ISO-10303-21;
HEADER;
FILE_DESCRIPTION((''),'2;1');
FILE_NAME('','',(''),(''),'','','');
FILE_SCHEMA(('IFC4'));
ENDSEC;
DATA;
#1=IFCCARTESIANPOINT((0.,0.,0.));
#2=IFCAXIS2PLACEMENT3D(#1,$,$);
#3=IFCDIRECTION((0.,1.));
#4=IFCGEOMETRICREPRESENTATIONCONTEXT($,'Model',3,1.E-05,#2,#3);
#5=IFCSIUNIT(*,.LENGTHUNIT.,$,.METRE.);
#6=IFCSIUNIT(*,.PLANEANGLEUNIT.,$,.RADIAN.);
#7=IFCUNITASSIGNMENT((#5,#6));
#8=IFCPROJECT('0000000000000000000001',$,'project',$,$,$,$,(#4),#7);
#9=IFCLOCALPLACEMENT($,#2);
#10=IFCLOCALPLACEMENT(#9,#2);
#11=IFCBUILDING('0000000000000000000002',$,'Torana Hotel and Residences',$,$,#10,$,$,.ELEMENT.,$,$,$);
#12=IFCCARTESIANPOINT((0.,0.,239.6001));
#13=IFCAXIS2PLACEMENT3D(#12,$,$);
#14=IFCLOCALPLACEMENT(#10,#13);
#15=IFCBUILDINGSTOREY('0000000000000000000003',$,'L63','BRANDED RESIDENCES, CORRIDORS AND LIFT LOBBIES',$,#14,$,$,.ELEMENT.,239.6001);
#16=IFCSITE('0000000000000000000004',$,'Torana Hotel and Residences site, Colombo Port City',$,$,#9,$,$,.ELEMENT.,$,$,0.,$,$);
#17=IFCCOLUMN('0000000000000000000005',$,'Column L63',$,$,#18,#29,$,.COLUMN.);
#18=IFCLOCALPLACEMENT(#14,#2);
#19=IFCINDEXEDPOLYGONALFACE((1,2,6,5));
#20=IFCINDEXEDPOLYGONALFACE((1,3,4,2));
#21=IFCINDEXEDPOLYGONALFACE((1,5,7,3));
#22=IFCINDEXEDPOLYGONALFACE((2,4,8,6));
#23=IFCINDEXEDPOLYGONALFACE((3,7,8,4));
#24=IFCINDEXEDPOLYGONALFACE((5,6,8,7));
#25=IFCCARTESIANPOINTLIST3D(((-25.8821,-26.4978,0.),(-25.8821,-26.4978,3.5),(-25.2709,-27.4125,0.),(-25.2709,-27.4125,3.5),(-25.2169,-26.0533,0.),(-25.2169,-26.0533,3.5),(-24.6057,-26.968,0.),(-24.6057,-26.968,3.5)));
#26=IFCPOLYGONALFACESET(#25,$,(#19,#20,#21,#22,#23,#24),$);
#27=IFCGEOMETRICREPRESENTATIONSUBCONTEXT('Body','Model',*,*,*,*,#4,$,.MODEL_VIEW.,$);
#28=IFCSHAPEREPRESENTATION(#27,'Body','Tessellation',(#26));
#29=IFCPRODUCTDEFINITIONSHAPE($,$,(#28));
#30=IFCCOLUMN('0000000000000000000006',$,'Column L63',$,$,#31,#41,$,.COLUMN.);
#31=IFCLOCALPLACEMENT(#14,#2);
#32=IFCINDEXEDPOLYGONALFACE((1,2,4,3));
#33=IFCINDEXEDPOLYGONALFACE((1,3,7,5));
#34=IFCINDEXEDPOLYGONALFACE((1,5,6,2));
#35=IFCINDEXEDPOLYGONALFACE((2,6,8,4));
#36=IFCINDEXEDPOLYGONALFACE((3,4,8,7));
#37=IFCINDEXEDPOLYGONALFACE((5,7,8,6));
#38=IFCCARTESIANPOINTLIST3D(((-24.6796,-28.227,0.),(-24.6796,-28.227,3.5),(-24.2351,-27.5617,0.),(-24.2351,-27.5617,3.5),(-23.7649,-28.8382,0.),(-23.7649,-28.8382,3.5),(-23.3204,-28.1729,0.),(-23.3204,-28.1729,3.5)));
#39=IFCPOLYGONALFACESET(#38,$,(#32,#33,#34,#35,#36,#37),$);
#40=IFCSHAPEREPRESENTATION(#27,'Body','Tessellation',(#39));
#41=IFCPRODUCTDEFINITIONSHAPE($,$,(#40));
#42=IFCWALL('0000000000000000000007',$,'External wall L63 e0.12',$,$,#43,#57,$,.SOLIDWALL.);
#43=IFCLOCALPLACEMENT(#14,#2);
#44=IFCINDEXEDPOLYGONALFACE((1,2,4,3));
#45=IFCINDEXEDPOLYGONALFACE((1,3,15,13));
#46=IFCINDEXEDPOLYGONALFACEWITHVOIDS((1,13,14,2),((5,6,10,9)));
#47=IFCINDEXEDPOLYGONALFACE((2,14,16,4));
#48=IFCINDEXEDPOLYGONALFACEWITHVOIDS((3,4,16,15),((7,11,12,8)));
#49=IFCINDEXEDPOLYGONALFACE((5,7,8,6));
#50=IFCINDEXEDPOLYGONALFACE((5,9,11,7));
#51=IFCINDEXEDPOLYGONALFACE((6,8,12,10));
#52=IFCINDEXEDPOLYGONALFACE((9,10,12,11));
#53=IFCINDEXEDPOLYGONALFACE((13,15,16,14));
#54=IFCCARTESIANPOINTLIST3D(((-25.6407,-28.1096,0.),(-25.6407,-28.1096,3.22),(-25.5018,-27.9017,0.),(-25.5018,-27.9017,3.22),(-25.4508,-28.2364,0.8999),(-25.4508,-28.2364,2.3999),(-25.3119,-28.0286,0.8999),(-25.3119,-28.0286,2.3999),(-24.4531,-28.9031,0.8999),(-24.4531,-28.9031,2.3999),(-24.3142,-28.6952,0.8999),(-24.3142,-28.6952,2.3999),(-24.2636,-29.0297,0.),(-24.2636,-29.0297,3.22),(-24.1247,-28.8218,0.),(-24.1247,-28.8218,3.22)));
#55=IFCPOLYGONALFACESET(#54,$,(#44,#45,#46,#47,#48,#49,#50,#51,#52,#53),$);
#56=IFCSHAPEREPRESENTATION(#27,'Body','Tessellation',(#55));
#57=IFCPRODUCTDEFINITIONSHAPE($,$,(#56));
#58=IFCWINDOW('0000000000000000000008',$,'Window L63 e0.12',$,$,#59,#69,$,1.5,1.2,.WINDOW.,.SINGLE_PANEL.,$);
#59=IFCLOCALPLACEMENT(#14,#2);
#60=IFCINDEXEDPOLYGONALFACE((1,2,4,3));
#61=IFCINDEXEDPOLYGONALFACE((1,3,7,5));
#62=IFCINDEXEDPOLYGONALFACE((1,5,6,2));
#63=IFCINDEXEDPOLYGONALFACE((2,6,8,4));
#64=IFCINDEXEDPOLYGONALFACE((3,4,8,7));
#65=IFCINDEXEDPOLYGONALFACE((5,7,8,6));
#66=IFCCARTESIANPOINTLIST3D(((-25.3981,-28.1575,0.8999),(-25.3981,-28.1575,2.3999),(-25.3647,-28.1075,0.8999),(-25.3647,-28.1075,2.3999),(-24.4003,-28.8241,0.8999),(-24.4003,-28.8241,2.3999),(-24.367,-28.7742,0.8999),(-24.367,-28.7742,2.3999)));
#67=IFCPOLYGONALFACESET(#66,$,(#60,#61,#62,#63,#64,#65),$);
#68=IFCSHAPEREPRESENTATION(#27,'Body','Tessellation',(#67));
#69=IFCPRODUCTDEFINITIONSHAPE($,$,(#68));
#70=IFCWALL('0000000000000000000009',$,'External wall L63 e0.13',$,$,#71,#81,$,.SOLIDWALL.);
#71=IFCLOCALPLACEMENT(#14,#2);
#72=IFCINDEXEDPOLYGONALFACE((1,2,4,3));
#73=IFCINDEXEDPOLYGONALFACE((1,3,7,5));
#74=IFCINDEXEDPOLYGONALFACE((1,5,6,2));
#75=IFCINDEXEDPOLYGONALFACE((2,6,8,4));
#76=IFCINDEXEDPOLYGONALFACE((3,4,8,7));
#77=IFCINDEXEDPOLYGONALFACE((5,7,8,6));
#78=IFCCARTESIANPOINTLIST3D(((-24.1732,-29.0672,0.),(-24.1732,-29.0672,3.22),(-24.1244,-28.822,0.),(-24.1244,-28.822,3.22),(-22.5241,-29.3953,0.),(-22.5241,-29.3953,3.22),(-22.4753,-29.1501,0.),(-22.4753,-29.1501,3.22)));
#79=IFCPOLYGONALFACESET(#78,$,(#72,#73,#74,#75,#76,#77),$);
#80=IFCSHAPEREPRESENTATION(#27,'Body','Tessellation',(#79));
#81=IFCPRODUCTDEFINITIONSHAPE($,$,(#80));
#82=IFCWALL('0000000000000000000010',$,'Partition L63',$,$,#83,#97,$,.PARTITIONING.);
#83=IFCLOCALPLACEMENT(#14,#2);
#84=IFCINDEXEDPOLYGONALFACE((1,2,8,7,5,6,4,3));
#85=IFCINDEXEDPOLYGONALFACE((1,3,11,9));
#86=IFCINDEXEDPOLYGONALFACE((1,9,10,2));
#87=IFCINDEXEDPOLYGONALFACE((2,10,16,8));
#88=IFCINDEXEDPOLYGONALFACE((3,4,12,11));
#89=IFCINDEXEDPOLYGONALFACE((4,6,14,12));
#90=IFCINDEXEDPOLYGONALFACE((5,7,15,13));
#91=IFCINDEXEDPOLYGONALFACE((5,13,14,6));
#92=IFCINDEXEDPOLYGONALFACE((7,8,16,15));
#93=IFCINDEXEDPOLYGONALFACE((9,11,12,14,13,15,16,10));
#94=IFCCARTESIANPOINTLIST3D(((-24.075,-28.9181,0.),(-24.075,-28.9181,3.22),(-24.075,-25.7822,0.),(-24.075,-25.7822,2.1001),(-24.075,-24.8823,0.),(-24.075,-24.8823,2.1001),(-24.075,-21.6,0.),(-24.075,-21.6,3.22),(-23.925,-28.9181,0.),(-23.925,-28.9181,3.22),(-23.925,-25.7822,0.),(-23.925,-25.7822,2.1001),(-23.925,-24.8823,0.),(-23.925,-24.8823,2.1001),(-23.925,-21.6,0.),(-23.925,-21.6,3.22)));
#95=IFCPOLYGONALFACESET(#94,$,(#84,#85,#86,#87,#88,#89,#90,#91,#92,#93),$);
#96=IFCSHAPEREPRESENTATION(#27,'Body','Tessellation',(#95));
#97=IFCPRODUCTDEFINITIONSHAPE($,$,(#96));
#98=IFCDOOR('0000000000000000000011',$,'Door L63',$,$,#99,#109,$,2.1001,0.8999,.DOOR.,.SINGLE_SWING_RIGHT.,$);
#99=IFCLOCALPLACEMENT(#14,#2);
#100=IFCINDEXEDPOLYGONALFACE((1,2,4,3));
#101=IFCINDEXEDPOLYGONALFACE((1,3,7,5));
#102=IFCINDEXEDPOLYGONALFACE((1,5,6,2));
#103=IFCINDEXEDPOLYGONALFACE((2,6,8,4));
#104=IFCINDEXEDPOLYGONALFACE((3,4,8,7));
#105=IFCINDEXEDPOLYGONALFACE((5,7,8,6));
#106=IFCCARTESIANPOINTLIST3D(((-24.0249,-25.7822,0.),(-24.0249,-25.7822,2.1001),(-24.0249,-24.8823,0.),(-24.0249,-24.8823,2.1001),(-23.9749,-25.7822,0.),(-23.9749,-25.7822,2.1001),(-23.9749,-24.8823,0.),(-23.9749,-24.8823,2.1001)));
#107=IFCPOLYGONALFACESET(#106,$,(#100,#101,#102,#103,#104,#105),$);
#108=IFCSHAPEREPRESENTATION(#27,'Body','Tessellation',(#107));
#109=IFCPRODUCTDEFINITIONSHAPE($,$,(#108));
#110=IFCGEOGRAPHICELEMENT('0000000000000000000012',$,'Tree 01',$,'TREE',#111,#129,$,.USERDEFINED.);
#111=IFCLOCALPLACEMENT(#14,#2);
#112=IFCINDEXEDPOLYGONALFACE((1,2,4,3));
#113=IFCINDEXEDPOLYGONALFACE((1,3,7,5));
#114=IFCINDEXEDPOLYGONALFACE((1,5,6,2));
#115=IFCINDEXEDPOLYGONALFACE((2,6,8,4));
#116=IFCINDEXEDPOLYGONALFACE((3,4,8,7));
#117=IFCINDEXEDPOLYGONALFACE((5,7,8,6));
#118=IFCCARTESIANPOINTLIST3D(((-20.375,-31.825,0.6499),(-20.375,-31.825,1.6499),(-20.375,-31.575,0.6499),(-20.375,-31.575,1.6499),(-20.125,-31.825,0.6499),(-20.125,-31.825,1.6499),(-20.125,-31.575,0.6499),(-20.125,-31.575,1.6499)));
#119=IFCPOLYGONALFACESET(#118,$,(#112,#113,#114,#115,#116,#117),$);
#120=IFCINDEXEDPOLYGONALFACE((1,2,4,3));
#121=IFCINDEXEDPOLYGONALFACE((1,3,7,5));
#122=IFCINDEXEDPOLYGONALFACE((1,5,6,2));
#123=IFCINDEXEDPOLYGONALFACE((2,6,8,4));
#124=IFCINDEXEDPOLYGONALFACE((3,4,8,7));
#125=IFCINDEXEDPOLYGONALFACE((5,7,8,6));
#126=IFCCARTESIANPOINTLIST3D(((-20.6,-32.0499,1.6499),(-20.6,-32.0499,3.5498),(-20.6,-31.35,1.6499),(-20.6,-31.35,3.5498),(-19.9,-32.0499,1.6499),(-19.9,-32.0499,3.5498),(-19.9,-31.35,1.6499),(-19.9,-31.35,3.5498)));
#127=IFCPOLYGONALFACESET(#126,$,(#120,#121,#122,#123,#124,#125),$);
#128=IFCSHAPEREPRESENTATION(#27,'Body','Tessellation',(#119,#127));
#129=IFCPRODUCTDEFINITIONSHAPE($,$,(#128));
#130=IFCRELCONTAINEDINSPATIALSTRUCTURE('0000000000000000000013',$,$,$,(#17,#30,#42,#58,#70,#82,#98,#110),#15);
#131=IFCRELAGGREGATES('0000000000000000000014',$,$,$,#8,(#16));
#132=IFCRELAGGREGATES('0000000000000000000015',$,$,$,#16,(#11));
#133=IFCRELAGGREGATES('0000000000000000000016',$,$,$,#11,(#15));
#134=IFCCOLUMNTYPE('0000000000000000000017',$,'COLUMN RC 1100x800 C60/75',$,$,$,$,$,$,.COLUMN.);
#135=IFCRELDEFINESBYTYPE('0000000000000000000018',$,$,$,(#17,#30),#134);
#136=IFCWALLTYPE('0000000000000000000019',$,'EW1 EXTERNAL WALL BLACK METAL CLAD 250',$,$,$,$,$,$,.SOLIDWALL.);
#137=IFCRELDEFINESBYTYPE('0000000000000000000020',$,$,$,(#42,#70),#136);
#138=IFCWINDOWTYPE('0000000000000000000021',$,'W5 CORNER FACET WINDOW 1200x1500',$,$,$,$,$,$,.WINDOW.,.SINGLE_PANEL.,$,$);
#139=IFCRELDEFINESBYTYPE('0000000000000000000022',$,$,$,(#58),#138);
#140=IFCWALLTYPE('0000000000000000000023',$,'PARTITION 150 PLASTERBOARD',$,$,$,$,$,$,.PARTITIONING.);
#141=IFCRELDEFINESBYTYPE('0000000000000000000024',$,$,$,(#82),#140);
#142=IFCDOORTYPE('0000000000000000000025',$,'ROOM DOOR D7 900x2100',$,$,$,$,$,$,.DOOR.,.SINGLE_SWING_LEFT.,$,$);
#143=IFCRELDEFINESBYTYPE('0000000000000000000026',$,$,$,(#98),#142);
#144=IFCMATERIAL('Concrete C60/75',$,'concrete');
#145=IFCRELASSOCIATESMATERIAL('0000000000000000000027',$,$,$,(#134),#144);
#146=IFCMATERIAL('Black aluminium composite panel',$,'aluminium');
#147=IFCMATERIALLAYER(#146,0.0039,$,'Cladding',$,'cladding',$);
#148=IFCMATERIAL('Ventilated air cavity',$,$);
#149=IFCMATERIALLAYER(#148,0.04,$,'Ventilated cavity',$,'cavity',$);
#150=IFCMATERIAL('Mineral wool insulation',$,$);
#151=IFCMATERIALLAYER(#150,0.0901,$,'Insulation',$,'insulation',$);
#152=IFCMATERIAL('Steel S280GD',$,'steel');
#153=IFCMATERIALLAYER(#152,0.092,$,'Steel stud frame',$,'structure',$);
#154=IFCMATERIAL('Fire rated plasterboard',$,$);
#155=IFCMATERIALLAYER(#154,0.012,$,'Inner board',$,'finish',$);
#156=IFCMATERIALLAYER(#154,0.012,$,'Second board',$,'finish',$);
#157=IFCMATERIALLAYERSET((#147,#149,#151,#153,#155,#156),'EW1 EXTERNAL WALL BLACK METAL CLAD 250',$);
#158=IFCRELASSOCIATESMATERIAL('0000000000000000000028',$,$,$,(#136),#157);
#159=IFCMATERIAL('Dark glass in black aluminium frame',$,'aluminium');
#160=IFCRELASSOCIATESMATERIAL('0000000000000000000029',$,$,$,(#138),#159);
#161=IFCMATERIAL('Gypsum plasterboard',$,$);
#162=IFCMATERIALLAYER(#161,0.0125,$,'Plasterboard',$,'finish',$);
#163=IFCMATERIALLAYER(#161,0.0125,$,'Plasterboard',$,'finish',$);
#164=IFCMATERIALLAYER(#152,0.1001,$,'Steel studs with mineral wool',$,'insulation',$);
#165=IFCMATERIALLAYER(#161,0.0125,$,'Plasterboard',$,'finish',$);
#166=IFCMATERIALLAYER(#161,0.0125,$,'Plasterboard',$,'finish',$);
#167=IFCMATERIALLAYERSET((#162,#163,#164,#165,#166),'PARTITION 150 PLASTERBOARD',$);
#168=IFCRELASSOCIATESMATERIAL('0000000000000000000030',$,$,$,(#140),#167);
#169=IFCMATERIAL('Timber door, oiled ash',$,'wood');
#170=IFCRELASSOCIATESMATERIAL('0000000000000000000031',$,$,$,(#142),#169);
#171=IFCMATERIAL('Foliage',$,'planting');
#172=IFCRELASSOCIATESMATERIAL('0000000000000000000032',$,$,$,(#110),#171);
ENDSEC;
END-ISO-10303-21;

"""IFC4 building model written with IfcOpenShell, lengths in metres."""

from ifc_helpers import new_model, si_unit, direction, frame, frame_2d, origin, origin_2d, place, context, subcontext, project, spatial, rectangle, extrude, material, layer, layer_set, material_profile, profile_set, type_object, element, fill, save


model = new_model("IFC4")

# Units and contexts
model_context = context("Model", 3, precision=1e-05, world=origin(), true_north=direction((0.0, 1.0)))
body_context = subcontext(model_context, "Body", "Model", "MODEL_VIEW")
ifc_project = project(units=[si_unit("LENGTHUNIT", "METRE"), si_unit("PLANEANGLEUNIT", "RADIAN")], contexts=[model_context])

# Site, building, storey
site_placement = place(None, origin())
site = spatial("IfcSite", under=ifc_project, at=site_placement, Name="Torana Hotel and Residences site, Colombo Port City", CompositionType="ELEMENT", RefElevation=0.0)
building_placement = place(site_placement, origin())
building = spatial("IfcBuilding", under=site, at=building_placement, Name="Torana Hotel and Residences", CompositionType="ELEMENT")
storey_placement = place(building_placement, frame((0.0, 0.0, 239.6001)))
storey = spatial("IfcBuildingStorey", under=building, at=storey_placement, Name="L63", Description="BRANDED RESIDENCES, CORRIDORS AND LIFT LOBBIES", CompositionType="ELEMENT", Elevation=239.6001)

# Columns
ifc_material_1 = material(Name="Concrete C60/75", Category="concrete")
ifc_material_profile = material_profile(ifc_material_1, rectangle(XDim=1.1001, YDim=0.8, at=origin_2d()), Name="RC 1100x800")
ifc_profile_set = profile_set([ifc_material_profile], Name="Concrete C60/75")
column_type = type_object("IfcColumnType", Name="COLUMN RC 1100x800 C60/75", PredefinedType="COLUMN", material=ifc_profile_set)
for number, where, z_axis, x_axis, name in (
    (1, (-25.2439, -26.7329, 0.0), (0.0, 0.0, 1.0), (-0.555585, 0.83146, 0.0), "Column L63"),
    (2, (-24.0, -28.2, 0.0), (0.0, 0.0, 1.0), (-0.83146, 0.555585, 0.0), "Column L63"),
):
    element("IfcColumn", number, at=place(storey_placement, frame(where, z_axis=z_axis, x_axis=x_axis)), inside=storey, type_object=column_type, Name=name, PredefinedType="COLUMN", context=body_context, shape_type="SweptSolid", body=[
        extrude(rectangle(XDim=1.1001, YDim=0.8, at=origin_2d()), origin(), (0.0, 0.0, 1.0), 3.5),
    ])

# Wall, opening, window
ifc_material_2 = material(Name="Black aluminium composite panel", Category="aluminium")
ifc_layer_1 = layer(ifc_material_2, 0.0039, Name="Cladding", Category="cladding")
ifc_material_3 = material(Name="Ventilated air cavity")
ifc_layer_2 = layer(ifc_material_3, 0.04, Name="Ventilated cavity", Category="cavity")
ifc_material_4 = material(Name="Mineral wool insulation")
ifc_layer_3 = layer(ifc_material_4, 0.0901, Name="Insulation", Category="insulation")
ifc_material_5 = material(Name="Steel S280GD", Category="steel")
ifc_layer_4 = layer(ifc_material_5, 0.092, Name="Steel stud frame", Category="structure")
ifc_material_6 = material(Name="Fire rated plasterboard")
ifc_layer_5 = layer(ifc_material_6, 0.012, Name="Inner board", Category="finish")
ifc_layer_6 = layer(ifc_material_6, 0.012, Name="Second board", Category="finish")
ifc_layer_set_1 = layer_set([ifc_layer_1, ifc_layer_2, ifc_layer_3, ifc_layer_4, ifc_layer_5, ifc_layer_6], Name="EW1 EXTERNAL WALL BLACK METAL CLAD 250")
wall_type_1 = type_object("IfcWallType", Name="EW1 EXTERNAL WALL BLACK METAL CLAD 250", PredefinedType="SOLIDWALL", material=ifc_layer_set_1)
wall_1_placement = place(storey_placement, frame((-25.5713, -28.0056, 0.0), z_axis=(0.0, 0.0, 1.0), x_axis=(0.831483, -0.55555, 0.0)))
wall_1 = element("IfcWall", 3, at=wall_1_placement, inside=storey, type_object=wall_type_1, Name="External wall L63 e0.12", PredefinedType="SOLIDWALL", context=body_context, shape_type="SweptSolid", body=[
    extrude(rectangle(XDim=1.6562, YDim=0.25, at=frame_2d((0.8281, 0.0))), origin(), (0.0, 0.0, 1.0), 3.22),
])
opening_1_placement = place(wall_1_placement, frame((0.2283, 0.0, 0.8999)))
opening_1 = element("IfcOpeningElement", 4, at=opening_1_placement, cuts=wall_1, PredefinedType="OPENING", context=body_context, shape_type="SweptSolid", body=[
    extrude(rectangle(XDim=1.2, YDim=1.5, at=frame_2d((0.6001, 0.75))), frame((0.0, 0.135, 0.0), z_axis=(0.0, -1.0, 0.0), x_axis=(1.0, 0.0, 0.0)), (0.0, 0.0, 1.0), 0.27),
])
ifc_material_7 = material(Name="Dark glass in black aluminium frame", Category="aluminium")
window_type_1 = type_object("IfcWindowType", Name="W5 CORNER FACET WINDOW 1200x1500", PartitioningType="SINGLE_PANEL", PredefinedType="WINDOW", material=ifc_material_7)
window_1_placement = place(opening_1_placement, origin())
window_1 = element("IfcWindow", 5, at=window_1_placement, inside=storey, type_object=window_type_1, Name="Window L63 e0.12", OverallHeight=1.5, OverallWidth=1.2, PartitioningType="SINGLE_PANEL", PredefinedType="WINDOW", context=body_context, shape_type="SweptSolid", body=[
    extrude(rectangle(XDim=1.2, YDim=1.5, at=frame_2d((0.6001, 0.75))), frame((0.0, 0.03, 0.0), z_axis=(0.0, -1.0, 0.0), x_axis=(1.0, 0.0, 0.0)), (0.0, 0.0, 1.0), 0.0601),
])
fill(opening_1, window_1)

# Wall
wall_2_placement = place(storey_placement, frame((-24.1489, -28.9446, 0.0), z_axis=(0.0, 0.0, 1.0), x_axis=(0.980776, -0.195139, 0.0)))
element("IfcWall", 6, at=wall_2_placement, inside=storey, type_object=wall_type_1, Name="External wall L63 e0.13", PredefinedType="SOLIDWALL", context=body_context, shape_type="SweptSolid", body=[
    extrude(rectangle(XDim=1.6814, YDim=0.25, at=frame_2d((0.8408, 0.0))), origin(), (0.0, 0.0, 1.0), 3.22),
])

# Wall, opening, door
ifc_material_8 = material(Name="Gypsum plasterboard")
ifc_layer_7 = layer(ifc_material_8, 0.0125, Name="Plasterboard", Category="finish")
ifc_layer_8 = layer(ifc_material_8, 0.0125, Name="Plasterboard", Category="finish")
ifc_layer_9 = layer(ifc_material_5, 0.1001, Name="Steel studs with mineral wool", Category="insulation")
ifc_layer_10 = layer(ifc_material_8, 0.0125, Name="Plasterboard", Category="finish")
ifc_layer_11 = layer(ifc_material_8, 0.0125, Name="Plasterboard", Category="finish")
ifc_layer_set_2 = layer_set([ifc_layer_7, ifc_layer_8, ifc_layer_9, ifc_layer_10, ifc_layer_11], Name="PARTITION 150 PLASTERBOARD")
wall_type_2 = type_object("IfcWallType", Name="PARTITION 150 PLASTERBOARD", PredefinedType="PARTITIONING", material=ifc_layer_set_2)
wall_3_placement = place(storey_placement, frame((-24.0, -28.9182, 0.0), z_axis=(0.0, 0.0, 1.0), x_axis=(0.0, 1.0, 0.0)))
wall_3 = element("IfcWall", 7, at=wall_3_placement, inside=storey, type_object=wall_type_2, Name="Partition L63", PredefinedType="PARTITIONING", context=body_context, shape_type="SweptSolid", body=[
    extrude(rectangle(XDim=7.3181, YDim=0.1499, at=frame_2d((3.6592, 0.0))), origin(), (0.0, 0.0, 1.0), 3.22),
])
opening_2_placement = place(wall_3_placement, frame((3.136, 0.0, 0.0)))
opening_2 = element("IfcOpeningElement", 8, at=opening_2_placement, cuts=wall_3, PredefinedType="OPENING", context=body_context, shape_type="SweptSolid", body=[
    extrude(rectangle(XDim=0.8999, YDim=2.1001, at=frame_2d((0.45, 1.05))), frame((0.0, 0.085, 0.0), z_axis=(0.0, -1.0, 0.0), x_axis=(1.0, 0.0, 0.0)), (0.0, 0.0, 1.0), 0.1699),
])
ifc_material_9 = material(Name="Timber door, oiled ash", Category="wood")
door_type_1 = type_object("IfcDoorType", Name="ROOM DOOR D7 900x2100", OperationType="SINGLE_SWING_LEFT", PredefinedType="DOOR", material=ifc_material_9)
door_1_placement = place(opening_2_placement, origin())
door_1 = element("IfcDoor", 9, at=door_1_placement, inside=storey, type_object=door_type_1, Name="Door L63", OperationType="SINGLE_SWING_RIGHT", OverallHeight=2.1001, OverallWidth=0.8999, PredefinedType="DOOR", context=body_context, shape_type="SweptSolid", body=[
    extrude(rectangle(XDim=0.8999, YDim=2.1001, at=frame_2d((0.45, 1.05))), frame((0.0, 0.0249, 0.0), z_axis=(0.0, -1.0, 0.0), x_axis=(1.0, 0.0, 0.0)), (0.0, 0.0, 1.0), 0.05),
])
fill(opening_2, door_1)

# Geographic element
ifc_material_10 = material(Name="Foliage", Category="planting")
geographic_element_placement = place(storey_placement, frame((-20.25, -31.7, 0.6499), z_axis=(0.0, 0.0, 1.0), x_axis=(1.0, 0.0, 0.0)))
element("IfcGeographicElement", 10, at=geographic_element_placement, inside=storey, material=ifc_material_10, Name="Tree 01", ObjectType="TREE", PredefinedType="USERDEFINED", context=body_context, shape_type="SweptSolid", body=[
    extrude(rectangle(XDim=0.25, YDim=0.25, at=origin_2d()), origin(), (0.0, 0.0, 1.0), 1.0),
    extrude(rectangle(XDim=0.7, YDim=0.7, at=origin_2d()), frame((0.0, 0.0, 1.0)), (0.0, 0.0, 1.0), 1.8999),
])

save(model, "model.ifc")
